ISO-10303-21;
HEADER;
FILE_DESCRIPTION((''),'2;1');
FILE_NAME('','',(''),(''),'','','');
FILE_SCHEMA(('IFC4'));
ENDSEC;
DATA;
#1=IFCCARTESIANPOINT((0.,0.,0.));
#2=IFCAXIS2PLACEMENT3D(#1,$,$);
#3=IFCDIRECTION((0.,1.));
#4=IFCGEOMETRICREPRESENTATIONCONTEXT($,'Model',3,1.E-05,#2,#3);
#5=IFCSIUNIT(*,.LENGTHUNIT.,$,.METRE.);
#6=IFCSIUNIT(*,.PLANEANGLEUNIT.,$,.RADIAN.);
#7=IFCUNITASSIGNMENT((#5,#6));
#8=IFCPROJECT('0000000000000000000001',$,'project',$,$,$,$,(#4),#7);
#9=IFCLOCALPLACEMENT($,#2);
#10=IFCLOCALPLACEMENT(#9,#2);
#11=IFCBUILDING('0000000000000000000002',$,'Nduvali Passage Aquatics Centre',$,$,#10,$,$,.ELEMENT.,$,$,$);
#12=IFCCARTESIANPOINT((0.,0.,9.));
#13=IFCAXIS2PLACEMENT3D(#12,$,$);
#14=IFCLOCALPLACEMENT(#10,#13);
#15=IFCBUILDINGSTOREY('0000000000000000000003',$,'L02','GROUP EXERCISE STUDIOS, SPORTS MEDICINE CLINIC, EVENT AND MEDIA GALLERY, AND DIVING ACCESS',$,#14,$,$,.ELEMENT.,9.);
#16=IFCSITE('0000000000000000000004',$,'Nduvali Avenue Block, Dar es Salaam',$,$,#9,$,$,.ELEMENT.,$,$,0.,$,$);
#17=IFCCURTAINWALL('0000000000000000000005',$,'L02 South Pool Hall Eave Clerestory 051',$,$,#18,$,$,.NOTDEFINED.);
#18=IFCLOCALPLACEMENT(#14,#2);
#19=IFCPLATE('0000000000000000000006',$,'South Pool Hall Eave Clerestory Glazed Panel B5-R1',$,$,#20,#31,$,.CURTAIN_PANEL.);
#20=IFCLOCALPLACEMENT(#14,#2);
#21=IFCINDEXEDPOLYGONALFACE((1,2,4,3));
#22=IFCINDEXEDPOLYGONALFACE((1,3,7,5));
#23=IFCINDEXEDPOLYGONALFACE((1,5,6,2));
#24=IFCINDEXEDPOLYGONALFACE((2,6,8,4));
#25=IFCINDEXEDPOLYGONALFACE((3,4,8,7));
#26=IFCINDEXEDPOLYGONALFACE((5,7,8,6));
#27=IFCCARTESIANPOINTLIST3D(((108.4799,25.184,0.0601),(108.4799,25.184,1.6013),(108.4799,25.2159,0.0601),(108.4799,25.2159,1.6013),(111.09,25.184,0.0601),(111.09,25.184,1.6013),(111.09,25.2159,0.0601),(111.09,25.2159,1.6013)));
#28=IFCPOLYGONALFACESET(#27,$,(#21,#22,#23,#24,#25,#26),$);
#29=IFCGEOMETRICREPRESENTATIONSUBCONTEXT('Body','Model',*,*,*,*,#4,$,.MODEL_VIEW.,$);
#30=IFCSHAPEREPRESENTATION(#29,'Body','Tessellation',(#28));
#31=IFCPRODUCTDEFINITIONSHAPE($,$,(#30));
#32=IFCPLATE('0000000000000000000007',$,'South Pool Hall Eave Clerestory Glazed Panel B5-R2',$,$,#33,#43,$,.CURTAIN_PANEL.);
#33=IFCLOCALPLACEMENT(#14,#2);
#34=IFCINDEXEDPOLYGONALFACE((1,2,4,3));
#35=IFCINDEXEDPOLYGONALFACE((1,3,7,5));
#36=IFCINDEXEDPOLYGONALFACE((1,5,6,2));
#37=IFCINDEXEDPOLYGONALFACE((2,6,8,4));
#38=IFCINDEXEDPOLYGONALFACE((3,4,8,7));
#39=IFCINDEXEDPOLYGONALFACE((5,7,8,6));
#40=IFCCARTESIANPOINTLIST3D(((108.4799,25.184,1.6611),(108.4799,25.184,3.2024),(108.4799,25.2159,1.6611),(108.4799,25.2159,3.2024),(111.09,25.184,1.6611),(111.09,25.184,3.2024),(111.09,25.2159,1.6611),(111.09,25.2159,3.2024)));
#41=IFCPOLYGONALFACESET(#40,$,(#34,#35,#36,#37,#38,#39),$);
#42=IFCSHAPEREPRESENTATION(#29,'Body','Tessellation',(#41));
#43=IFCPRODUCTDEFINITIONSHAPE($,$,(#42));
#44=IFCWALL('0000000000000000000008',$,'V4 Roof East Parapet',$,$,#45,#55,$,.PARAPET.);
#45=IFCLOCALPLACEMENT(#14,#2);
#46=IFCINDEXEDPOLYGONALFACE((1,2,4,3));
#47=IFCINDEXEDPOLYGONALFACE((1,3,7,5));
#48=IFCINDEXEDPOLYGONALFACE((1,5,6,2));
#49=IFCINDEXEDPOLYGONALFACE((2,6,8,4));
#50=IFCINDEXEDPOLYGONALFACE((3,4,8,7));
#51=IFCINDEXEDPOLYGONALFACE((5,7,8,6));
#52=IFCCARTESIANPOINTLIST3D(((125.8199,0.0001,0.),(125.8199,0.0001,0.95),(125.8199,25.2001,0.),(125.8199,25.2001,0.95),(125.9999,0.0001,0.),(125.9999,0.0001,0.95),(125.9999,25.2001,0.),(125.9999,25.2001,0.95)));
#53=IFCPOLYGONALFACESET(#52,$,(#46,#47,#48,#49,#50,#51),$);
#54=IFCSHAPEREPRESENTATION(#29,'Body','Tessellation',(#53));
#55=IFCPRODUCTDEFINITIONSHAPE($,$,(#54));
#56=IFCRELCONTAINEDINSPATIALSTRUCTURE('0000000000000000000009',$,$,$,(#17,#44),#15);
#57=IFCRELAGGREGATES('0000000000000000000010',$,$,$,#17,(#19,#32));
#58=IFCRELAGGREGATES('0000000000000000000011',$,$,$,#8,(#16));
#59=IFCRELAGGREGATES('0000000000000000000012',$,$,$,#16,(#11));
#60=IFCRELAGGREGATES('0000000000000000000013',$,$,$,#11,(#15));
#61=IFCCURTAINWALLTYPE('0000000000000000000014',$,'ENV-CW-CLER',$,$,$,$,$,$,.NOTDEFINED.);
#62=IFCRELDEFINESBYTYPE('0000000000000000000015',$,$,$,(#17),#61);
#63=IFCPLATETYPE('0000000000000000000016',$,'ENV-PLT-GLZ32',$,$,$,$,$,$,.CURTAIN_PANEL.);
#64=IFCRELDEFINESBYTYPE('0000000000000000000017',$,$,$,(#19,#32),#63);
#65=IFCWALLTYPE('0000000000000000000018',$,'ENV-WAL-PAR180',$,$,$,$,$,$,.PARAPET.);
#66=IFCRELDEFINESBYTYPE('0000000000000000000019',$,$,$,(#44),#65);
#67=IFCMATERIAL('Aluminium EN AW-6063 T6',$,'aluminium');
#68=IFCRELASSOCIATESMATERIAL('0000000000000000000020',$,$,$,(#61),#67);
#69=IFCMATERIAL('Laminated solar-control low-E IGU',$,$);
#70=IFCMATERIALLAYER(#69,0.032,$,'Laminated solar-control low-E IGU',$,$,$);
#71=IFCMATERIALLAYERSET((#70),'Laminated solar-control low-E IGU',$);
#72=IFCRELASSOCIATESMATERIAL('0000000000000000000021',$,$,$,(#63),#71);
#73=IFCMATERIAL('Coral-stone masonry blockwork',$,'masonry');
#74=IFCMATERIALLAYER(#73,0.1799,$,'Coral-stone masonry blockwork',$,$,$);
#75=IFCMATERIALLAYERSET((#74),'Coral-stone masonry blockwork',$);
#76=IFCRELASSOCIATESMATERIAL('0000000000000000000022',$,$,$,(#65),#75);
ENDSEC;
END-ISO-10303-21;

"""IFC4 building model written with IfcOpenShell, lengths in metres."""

from ifc_helpers import new_model, si_unit, direction, frame, frame_2d, origin, origin_2d, place, context, subcontext, project, spatial, rectangle, extrude, material, layer, layer_set, type_object, element, aggregate, save


model = new_model("IFC4")

# Units and contexts
model_context = context("Model", 3, precision=1e-05, world=origin(), true_north=direction((0.0, 1.0)))
body_context = subcontext(model_context, "Body", "Model", "MODEL_VIEW")
ifc_project = project(units=[si_unit("LENGTHUNIT", "METRE"), si_unit("PLANEANGLEUNIT", "RADIAN")], contexts=[model_context])

# Site, building, storey
site_placement = place(None, origin())
site = spatial("IfcSite", under=ifc_project, at=site_placement, Name="Nduvali Avenue Block, Dar es Salaam", CompositionType="ELEMENT", RefElevation=0.0)
building_placement = place(site_placement, origin())
building = spatial("IfcBuilding", under=site, at=building_placement, Name="Nduvali Passage Aquatics Centre", CompositionType="ELEMENT")
storey_placement = place(building_placement, frame((0.0, 0.0, 9.0)))
storey = spatial("IfcBuildingStorey", under=building, at=storey_placement, Name="L02", Description="GROUP EXERCISE STUDIOS, SPORTS MEDICINE CLINIC, EVENT AND MEDIA GALLERY, AND DIVING ACCESS", CompositionType="ELEMENT", Elevation=9.0)

# Curtain wall
ifc_material_1 = material(Name="Aluminium EN AW-6063 T6", Category="aluminium")
curtain_wall_type = type_object("IfcCurtainWallType", Name="ENV-CW-CLER", PredefinedType="NOTDEFINED", material=ifc_material_1)
curtain_wall_placement = place(storey_placement, origin())
curtain_wall = element("IfcCurtainWall", 1, at=curtain_wall_placement, inside=storey, type_object=curtain_wall_type, Name="L02 South Pool Hall Eave Clerestory 051", PredefinedType="NOTDEFINED")

# Plates
ifc_material_2 = material(Name="Laminated solar-control low-E IGU")
ifc_layer_1 = layer(ifc_material_2, 0.032, Name="Laminated solar-control low-E IGU")
ifc_layer_set_1 = layer_set([ifc_layer_1], Name="Laminated solar-control low-E IGU")
plate_type = type_object("IfcPlateType", Name="ENV-PLT-GLZ32", PredefinedType="CURTAIN_PANEL", material=ifc_layer_set_1)
plate_1_placement = place(storey_placement, frame((109.7849, 25.2, 0.0601), z_axis=(0.0, 0.0, 1.0), x_axis=(1.0, 0.0, 0.0)))
plate_1 = element("IfcPlate", 2, at=plate_1_placement, type_object=plate_type, Name="South Pool Hall Eave Clerestory Glazed Panel B5-R1", PredefinedType="CURTAIN_PANEL", context=body_context, shape_type="SweptSolid", body=[
    extrude(rectangle(XDim=2.6101, YDim=0.032, at=origin_2d()), origin(), (0.0, 0.0, 1.0), 1.5413),
])
plate_2_placement = place(storey_placement, frame((109.7849, 25.2, 1.6611), z_axis=(0.0, 0.0, 1.0), x_axis=(1.0, 0.0, 0.0)))
plate_2 = element("IfcPlate", 3, at=plate_2_placement, type_object=plate_type, Name="South Pool Hall Eave Clerestory Glazed Panel B5-R2", PredefinedType="CURTAIN_PANEL", context=body_context, shape_type="SweptSolid", body=[
    extrude(rectangle(XDim=2.6101, YDim=0.032, at=origin_2d()), origin(), (0.0, 0.0, 1.0), 1.5413),
])
aggregate(curtain_wall, [plate_1, plate_2])

# Wall
ifc_material_3 = material(Name="Coral-stone masonry blockwork", Category="masonry")
ifc_layer_2 = layer(ifc_material_3, 0.1799, Name="Coral-stone masonry blockwork")
ifc_layer_set_2 = layer_set([ifc_layer_2], Name="Coral-stone masonry blockwork")
wall_type = type_object("IfcWallType", Name="ENV-WAL-PAR180", PredefinedType="PARAPET", material=ifc_layer_set_2)
wall_placement = place(storey_placement, frame((125.9099, 0.0, 0.0), z_axis=(0.0, 0.0, 1.0), x_axis=(0.0, 1.0, 0.0)))
element("IfcWall", 4, at=wall_placement, inside=storey, type_object=wall_type, Name="V4 Roof East Parapet", PredefinedType="PARAPET", context=body_context, shape_type="SweptSolid", body=[
    extrude(rectangle(XDim=25.2, YDim=0.1799, at=frame_2d((12.6001, 0.0))), origin(), (0.0, 0.0, 1.0), 0.95),
])

save(model, "model.ifc")
